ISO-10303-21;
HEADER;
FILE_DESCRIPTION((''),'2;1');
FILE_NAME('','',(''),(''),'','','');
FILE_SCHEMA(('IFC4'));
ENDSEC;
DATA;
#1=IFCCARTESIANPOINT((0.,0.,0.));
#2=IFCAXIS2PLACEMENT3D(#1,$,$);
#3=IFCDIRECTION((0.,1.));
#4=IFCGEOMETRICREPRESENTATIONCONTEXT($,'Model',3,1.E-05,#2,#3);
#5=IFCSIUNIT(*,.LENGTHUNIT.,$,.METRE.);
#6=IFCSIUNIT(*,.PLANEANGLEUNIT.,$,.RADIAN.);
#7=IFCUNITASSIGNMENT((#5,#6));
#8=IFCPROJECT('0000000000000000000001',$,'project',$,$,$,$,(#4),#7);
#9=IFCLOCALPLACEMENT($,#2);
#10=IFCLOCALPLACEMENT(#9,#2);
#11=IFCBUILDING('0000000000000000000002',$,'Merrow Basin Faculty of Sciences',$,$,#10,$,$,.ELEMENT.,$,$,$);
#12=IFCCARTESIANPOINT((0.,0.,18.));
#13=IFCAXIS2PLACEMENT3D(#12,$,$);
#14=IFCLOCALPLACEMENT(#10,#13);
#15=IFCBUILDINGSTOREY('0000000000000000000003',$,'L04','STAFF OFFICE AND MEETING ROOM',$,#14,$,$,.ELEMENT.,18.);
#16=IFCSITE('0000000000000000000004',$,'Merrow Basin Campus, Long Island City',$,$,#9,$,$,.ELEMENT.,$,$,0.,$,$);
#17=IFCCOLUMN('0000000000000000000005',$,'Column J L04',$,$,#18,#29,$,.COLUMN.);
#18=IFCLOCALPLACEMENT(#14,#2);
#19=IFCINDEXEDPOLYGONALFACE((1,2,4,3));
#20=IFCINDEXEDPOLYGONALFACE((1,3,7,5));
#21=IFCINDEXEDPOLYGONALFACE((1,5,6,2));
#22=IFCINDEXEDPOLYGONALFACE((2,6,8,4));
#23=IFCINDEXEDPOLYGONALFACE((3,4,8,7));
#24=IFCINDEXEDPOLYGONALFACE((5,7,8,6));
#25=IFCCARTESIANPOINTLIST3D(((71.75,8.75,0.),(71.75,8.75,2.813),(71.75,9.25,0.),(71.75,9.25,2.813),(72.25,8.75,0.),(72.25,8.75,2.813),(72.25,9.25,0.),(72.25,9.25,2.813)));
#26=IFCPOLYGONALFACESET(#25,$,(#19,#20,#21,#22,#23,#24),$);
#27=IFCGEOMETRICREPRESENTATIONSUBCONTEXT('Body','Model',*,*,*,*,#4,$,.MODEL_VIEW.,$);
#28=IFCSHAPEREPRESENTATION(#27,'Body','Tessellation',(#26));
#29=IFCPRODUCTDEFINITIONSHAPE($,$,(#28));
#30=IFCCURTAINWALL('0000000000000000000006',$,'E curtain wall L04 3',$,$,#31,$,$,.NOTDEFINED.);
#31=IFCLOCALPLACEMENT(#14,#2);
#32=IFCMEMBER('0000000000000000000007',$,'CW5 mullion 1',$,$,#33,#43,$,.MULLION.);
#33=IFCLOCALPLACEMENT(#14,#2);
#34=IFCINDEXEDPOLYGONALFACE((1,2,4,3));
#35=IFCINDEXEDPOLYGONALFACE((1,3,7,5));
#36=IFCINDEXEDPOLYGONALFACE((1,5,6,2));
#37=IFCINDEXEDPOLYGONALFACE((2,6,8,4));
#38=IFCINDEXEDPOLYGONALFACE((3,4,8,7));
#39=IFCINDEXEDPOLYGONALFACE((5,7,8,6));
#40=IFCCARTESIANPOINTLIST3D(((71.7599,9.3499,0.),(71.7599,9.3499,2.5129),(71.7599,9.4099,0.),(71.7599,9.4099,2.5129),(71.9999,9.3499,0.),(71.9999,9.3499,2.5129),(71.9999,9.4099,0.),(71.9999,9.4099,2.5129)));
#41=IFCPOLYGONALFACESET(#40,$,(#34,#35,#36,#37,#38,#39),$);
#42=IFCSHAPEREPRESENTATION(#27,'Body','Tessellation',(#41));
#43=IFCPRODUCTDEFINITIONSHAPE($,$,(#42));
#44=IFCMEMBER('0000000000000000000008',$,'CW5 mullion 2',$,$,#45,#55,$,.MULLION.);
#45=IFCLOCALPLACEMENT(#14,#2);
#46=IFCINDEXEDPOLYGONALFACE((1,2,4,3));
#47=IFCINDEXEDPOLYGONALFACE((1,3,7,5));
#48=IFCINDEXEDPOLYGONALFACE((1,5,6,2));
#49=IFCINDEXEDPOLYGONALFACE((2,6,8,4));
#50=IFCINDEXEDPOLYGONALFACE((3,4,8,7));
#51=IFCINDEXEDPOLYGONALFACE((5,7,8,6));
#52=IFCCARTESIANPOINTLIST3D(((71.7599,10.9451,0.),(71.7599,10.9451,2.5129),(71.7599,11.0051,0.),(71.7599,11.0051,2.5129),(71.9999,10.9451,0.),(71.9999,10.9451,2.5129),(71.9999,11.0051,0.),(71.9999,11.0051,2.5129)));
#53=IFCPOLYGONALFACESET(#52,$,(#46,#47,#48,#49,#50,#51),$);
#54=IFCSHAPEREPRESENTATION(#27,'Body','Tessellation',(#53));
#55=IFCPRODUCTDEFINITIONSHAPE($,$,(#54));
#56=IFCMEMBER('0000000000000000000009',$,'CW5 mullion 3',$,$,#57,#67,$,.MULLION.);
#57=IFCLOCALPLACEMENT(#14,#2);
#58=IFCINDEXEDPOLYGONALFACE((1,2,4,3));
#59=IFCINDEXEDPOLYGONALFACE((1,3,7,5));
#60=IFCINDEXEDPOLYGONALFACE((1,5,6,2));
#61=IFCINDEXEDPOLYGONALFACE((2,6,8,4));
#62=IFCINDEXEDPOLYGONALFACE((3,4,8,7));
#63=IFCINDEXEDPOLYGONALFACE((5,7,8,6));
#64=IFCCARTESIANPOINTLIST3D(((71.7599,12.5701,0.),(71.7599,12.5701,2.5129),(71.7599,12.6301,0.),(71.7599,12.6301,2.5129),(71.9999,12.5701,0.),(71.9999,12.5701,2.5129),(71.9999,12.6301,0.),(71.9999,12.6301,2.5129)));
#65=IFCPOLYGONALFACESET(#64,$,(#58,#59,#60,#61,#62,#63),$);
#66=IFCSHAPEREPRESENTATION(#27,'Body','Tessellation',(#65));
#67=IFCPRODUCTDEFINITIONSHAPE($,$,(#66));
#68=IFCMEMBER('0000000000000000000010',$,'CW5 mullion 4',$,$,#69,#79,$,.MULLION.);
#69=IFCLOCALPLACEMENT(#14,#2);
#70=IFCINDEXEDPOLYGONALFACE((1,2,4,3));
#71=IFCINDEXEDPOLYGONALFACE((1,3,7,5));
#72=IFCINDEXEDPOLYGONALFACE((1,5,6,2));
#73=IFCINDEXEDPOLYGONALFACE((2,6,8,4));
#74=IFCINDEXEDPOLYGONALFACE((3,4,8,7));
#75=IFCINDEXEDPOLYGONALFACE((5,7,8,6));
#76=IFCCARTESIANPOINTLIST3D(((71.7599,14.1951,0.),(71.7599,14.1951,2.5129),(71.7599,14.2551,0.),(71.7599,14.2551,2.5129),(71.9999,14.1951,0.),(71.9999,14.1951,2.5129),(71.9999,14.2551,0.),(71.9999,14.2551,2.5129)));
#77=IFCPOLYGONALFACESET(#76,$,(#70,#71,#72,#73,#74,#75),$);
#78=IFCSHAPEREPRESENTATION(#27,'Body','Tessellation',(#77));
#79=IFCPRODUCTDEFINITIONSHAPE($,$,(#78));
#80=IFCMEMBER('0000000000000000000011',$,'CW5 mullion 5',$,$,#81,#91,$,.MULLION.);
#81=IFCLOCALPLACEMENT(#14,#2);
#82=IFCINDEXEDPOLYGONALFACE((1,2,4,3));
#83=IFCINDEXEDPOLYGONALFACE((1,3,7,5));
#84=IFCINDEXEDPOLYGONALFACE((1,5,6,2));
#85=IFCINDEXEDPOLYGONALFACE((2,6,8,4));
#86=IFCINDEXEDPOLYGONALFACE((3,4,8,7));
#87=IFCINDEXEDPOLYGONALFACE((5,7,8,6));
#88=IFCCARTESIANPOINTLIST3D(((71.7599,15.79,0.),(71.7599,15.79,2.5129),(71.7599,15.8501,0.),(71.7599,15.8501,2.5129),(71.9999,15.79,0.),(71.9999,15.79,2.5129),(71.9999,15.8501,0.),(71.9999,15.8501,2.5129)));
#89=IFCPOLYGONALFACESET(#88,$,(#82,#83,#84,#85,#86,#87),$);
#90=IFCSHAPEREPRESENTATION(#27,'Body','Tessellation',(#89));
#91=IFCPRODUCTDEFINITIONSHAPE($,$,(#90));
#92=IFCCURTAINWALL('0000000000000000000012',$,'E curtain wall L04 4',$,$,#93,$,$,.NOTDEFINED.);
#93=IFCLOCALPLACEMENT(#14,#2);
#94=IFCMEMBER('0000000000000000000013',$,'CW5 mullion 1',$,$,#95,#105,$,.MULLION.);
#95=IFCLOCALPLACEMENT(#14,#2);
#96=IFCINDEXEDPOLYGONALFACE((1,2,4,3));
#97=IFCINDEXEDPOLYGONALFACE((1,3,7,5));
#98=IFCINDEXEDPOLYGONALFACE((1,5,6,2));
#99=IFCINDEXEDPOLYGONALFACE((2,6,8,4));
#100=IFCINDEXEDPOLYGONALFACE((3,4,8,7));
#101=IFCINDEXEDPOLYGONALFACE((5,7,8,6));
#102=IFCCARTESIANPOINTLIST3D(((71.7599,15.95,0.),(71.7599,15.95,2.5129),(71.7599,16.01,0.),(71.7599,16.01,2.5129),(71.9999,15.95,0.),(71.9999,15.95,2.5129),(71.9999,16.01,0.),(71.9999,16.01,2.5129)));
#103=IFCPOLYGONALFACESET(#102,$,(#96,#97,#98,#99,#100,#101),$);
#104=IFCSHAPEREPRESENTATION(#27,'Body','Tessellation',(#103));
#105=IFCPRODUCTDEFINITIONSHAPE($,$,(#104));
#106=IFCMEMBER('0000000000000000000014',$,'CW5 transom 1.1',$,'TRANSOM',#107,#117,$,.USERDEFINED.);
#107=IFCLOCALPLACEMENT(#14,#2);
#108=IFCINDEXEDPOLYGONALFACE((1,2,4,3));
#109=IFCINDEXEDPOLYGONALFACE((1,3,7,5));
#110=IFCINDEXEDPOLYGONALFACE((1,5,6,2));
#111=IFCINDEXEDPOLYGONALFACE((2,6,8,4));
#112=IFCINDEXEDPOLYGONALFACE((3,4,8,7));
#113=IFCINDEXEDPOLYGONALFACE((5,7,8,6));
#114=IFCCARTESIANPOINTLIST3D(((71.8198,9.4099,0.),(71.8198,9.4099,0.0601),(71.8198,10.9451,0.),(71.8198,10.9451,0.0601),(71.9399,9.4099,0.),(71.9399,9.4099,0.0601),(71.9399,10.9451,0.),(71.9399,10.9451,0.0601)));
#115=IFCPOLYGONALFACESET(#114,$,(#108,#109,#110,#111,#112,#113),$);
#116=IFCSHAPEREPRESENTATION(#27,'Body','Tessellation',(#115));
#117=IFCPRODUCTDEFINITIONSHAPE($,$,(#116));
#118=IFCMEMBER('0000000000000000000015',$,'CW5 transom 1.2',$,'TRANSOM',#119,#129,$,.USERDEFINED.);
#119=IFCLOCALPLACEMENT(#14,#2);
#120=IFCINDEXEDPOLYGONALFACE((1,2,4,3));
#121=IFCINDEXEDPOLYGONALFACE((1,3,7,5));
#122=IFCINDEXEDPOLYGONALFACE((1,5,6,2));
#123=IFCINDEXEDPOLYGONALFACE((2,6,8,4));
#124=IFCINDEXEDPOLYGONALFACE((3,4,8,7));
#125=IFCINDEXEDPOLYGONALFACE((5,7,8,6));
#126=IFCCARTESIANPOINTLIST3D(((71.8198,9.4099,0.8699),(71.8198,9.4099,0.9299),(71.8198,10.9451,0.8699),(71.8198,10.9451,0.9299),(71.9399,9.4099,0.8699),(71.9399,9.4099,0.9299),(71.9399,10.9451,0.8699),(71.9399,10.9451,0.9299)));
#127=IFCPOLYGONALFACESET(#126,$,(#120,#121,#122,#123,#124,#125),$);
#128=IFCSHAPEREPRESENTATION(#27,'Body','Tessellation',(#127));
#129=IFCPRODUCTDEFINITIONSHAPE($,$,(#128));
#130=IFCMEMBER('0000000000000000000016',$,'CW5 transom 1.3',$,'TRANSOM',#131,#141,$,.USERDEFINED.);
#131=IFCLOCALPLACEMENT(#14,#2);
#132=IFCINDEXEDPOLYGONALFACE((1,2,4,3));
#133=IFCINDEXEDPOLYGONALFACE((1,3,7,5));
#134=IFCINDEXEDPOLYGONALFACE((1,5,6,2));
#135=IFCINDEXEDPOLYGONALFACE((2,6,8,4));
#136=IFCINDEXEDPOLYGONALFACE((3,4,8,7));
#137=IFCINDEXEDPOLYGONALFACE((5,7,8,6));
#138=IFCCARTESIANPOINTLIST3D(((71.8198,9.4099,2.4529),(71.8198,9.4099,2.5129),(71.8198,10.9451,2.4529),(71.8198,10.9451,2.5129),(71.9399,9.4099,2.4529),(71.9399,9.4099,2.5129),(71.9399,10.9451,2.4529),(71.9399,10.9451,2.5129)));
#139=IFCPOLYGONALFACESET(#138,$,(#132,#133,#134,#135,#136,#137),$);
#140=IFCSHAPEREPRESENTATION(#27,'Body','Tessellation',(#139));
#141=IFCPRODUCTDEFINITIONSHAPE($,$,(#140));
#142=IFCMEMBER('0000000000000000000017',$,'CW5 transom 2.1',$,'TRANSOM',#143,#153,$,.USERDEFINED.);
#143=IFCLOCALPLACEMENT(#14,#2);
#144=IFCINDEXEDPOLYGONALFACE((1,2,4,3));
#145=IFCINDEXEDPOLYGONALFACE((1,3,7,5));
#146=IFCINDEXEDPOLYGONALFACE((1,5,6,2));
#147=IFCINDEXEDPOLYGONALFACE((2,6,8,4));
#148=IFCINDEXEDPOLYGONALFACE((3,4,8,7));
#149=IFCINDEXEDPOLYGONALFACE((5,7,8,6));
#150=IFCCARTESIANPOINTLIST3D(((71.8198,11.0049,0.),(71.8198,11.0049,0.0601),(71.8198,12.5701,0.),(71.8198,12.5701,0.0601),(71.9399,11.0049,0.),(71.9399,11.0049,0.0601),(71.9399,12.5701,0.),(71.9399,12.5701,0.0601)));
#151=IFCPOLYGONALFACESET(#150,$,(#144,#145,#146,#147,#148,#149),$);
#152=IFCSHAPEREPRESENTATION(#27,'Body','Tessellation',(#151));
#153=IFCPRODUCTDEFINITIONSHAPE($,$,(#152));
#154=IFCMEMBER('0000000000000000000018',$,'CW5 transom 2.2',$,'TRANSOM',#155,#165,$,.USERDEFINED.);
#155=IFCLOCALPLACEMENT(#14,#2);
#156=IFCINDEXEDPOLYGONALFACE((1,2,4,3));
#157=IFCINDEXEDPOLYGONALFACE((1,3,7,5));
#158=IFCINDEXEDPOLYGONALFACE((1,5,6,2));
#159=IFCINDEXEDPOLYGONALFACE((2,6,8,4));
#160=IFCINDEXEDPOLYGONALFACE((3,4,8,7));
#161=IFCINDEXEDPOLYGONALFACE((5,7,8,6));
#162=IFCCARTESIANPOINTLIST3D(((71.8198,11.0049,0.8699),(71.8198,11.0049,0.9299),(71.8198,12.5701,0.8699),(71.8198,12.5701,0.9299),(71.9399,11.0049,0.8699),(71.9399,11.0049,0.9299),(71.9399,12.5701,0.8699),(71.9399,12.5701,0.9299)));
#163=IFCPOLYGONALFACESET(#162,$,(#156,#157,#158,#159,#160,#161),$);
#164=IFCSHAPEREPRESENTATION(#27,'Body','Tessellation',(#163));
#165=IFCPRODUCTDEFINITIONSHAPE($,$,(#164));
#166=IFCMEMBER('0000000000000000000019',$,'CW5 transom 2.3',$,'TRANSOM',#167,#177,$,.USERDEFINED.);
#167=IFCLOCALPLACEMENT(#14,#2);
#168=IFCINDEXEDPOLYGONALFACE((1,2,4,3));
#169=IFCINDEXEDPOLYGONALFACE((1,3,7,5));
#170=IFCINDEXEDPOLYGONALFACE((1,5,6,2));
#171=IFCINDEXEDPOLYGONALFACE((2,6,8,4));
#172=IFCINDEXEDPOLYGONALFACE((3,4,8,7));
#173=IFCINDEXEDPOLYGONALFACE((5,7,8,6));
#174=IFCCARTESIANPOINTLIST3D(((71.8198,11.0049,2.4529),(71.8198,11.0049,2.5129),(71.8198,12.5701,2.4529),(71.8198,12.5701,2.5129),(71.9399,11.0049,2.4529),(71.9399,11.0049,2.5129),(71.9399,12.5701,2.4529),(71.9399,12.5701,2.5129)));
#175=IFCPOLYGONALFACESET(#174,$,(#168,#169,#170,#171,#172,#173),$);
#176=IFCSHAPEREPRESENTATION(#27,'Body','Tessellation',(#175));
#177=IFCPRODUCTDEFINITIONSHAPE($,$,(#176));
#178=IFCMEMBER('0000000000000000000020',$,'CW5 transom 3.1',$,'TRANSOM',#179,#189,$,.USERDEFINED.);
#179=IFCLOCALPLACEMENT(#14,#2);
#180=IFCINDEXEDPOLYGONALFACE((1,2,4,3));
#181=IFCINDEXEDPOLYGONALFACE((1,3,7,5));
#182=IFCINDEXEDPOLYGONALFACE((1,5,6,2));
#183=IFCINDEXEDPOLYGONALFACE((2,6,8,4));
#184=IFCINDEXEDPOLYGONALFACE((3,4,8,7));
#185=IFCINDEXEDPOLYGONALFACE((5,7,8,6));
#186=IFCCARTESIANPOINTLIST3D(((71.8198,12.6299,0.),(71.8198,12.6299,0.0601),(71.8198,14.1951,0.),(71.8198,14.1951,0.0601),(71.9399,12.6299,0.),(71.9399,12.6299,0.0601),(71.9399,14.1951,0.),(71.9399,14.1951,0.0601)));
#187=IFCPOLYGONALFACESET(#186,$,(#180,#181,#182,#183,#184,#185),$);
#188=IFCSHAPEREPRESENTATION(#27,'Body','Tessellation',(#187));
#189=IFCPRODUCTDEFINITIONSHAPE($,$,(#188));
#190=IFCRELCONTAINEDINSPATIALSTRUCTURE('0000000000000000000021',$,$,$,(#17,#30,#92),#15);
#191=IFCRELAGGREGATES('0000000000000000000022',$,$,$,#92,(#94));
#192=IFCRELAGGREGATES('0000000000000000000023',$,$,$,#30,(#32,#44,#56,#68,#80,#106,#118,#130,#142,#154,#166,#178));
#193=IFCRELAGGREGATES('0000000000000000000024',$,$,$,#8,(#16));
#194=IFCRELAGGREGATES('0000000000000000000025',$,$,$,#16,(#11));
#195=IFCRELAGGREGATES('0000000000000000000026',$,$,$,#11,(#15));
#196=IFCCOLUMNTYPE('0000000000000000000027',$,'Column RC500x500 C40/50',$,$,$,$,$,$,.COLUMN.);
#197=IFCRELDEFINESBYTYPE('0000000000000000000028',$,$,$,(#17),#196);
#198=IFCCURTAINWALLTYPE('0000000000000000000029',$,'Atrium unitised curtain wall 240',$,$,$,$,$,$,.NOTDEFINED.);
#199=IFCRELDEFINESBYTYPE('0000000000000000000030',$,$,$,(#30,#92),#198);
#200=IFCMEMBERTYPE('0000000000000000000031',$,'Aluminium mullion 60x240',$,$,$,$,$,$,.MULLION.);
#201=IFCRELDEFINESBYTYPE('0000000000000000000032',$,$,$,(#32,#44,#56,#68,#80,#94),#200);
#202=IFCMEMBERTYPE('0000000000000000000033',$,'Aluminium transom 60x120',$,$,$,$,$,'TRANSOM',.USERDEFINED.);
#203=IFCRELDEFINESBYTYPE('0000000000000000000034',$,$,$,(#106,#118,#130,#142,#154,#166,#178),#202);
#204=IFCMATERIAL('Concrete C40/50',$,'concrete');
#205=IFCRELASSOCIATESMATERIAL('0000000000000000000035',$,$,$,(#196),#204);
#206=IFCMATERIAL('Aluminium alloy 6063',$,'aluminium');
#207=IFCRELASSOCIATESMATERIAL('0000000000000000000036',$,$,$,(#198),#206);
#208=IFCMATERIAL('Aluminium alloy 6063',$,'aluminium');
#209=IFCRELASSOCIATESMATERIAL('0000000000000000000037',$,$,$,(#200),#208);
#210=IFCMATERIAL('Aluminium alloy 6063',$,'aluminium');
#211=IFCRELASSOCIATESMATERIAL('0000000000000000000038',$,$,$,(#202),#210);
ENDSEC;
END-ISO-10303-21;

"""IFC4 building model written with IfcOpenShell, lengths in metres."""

from ifc_helpers import new_model, si_unit, direction, frame, origin, origin_2d, place, context, subcontext, project, spatial, rectangle, extrude, material, material_profile, profile_set, type_object, element, aggregate, save


model = new_model("IFC4")

# Units and contexts
model_context = context("Model", 3, precision=1e-05, world=origin(), true_north=direction((0.0, 1.0)))
body_context = subcontext(model_context, "Body", "Model", "MODEL_VIEW")
ifc_project = project(units=[si_unit("LENGTHUNIT", "METRE"), si_unit("PLANEANGLEUNIT", "RADIAN")], contexts=[model_context])

# Site, building, storey
site_placement = place(None, origin())
site = spatial("IfcSite", under=ifc_project, at=site_placement, Name="Merrow Basin Campus, Long Island City", CompositionType="ELEMENT", RefElevation=0.0)
building_placement = place(site_placement, origin())
building = spatial("IfcBuilding", under=site, at=building_placement, Name="Merrow Basin Faculty of Sciences", CompositionType="ELEMENT")
storey_placement = place(building_placement, frame((0.0, 0.0, 18.0)))
storey = spatial("IfcBuildingStorey", under=building, at=storey_placement, Name="L04", Description="STAFF OFFICE AND MEETING ROOM", CompositionType="ELEMENT", Elevation=18.0)

# Column
ifc_material_1 = material(Name="Concrete C40/50", Category="concrete")
ifc_material_profile_1 = material_profile(ifc_material_1, rectangle(XDim=0.5, YDim=0.5, at=origin_2d()))
ifc_profile_set_1 = profile_set([ifc_material_profile_1], Name="Concrete C40/50")
column_type = type_object("IfcColumnType", Name="Column RC500x500 C40/50", PredefinedType="COLUMN", material=ifc_profile_set_1)
column_placement = place(storey_placement, frame((72.0, 9.0, 0.0), z_axis=(0.0, 0.0, 1.0), x_axis=(1.0, 0.0, 0.0)))
element("IfcColumn", 1, at=column_placement, inside=storey, type_object=column_type, Name="Column J L04", PredefinedType="COLUMN", context=body_context, shape_type="SweptSolid", body=[
    extrude(rectangle(XDim=0.5, YDim=0.5, at=origin_2d()), origin(), (0.0, 0.0, 1.0), 2.813),
])

# Curtain wall, members
ifc_material_2 = material(Name="Aluminium alloy 6063", Category="aluminium")
curtain_wall_type = type_object("IfcCurtainWallType", Name="Atrium unitised curtain wall 240", PredefinedType="NOTDEFINED", material=ifc_material_2)
curtain_wall_1_placement = place(storey_placement, origin())
curtain_wall_1 = element("IfcCurtainWall", 2, at=curtain_wall_1_placement, inside=storey, type_object=curtain_wall_type, Name="E curtain wall L04 3", PredefinedType="NOTDEFINED")
ifc_material_3 = material(Name="Aluminium alloy 6063", Category="aluminium")
ifc_material_profile_2 = material_profile(ifc_material_3, rectangle(XDim=0.24, YDim=0.0601, at=origin_2d()))
ifc_profile_set_2 = profile_set([ifc_material_profile_2], Name="Aluminium alloy 6063")
member_type_1 = type_object("IfcMemberType", Name="Aluminium mullion 60x240", PredefinedType="MULLION", material=ifc_profile_set_2)
member_1_placement = place(storey_placement, frame((71.8799, 9.3799, 0.0), z_axis=(0.0, 0.0, 1.0), x_axis=(-1.0, 0.0, 0.0)))
member_1 = element("IfcMember", 3, at=member_1_placement, type_object=member_type_1, Name="CW5 mullion 1", PredefinedType="MULLION", context=body_context, shape_type="SweptSolid", body=[
    extrude(rectangle(XDim=0.24, YDim=0.0601, at=origin_2d()), origin(), (0.0, 0.0, 1.0), 2.5129),
])
member_2_placement = place(storey_placement, frame((71.8799, 10.9751, 0.0), z_axis=(0.0, 0.0, 1.0), x_axis=(-1.0, 0.0, 0.0)))
member_2 = element("IfcMember", 4, at=member_2_placement, type_object=member_type_1, Name="CW5 mullion 2", PredefinedType="MULLION", context=body_context, shape_type="SweptSolid", body=[
    extrude(rectangle(XDim=0.24, YDim=0.0601, at=origin_2d()), origin(), (0.0, 0.0, 1.0), 2.5129),
])
member_3_placement = place(storey_placement, frame((71.8799, 12.6001, 0.0), z_axis=(0.0, 0.0, 1.0), x_axis=(-1.0, 0.0, 0.0)))
member_3 = element("IfcMember", 5, at=member_3_placement, type_object=member_type_1, Name="CW5 mullion 3", PredefinedType="MULLION", context=body_context, shape_type="SweptSolid", body=[
    extrude(rectangle(XDim=0.24, YDim=0.0601, at=origin_2d()), origin(), (0.0, 0.0, 1.0), 2.5129),
])
member_4_placement = place(storey_placement, frame((71.8799, 14.2251, 0.0), z_axis=(0.0, 0.0, 1.0), x_axis=(-1.0, 0.0, 0.0)))
member_4 = element("IfcMember", 6, at=member_4_placement, type_object=member_type_1, Name="CW5 mullion 4", PredefinedType="MULLION", context=body_context, shape_type="SweptSolid", body=[
    extrude(rectangle(XDim=0.24, YDim=0.0601, at=origin_2d()), origin(), (0.0, 0.0, 1.0), 2.5129),
])
member_5_placement = place(storey_placement, frame((71.8799, 15.8201, 0.0), z_axis=(0.0, 0.0, 1.0), x_axis=(-1.0, 0.0, 0.0)))
member_5 = element("IfcMember", 7, at=member_5_placement, type_object=member_type_1, Name="CW5 mullion 5", PredefinedType="MULLION", context=body_context, shape_type="SweptSolid", body=[
    extrude(rectangle(XDim=0.24, YDim=0.0601, at=origin_2d()), origin(), (0.0, 0.0, 1.0), 2.5129),
])

# Curtain wall, member
curtain_wall_2_placement = place(storey_placement, origin())
curtain_wall_2 = element("IfcCurtainWall", 8, at=curtain_wall_2_placement, inside=storey, type_object=curtain_wall_type, Name="E curtain wall L04 4", PredefinedType="NOTDEFINED")
member_6_placement = place(storey_placement, frame((71.8799, 15.98, 0.0), z_axis=(0.0, 0.0, 1.0), x_axis=(-1.0, 0.0, 0.0)))
member_6 = element("IfcMember", 9, at=member_6_placement, type_object=member_type_1, Name="CW5 mullion 1", PredefinedType="MULLION", context=body_context, shape_type="SweptSolid", body=[
    extrude(rectangle(XDim=0.24, YDim=0.0601, at=origin_2d()), origin(), (0.0, 0.0, 1.0), 2.5129),
])

# Members
ifc_material_4 = material(Name="Aluminium alloy 6063", Category="aluminium")
ifc_material_profile_3 = material_profile(ifc_material_4, rectangle(XDim=0.1201, YDim=0.0601, at=origin_2d()))
ifc_profile_set_3 = profile_set([ifc_material_profile_3], Name="Aluminium alloy 6063")
member_type_2 = type_object("IfcMemberType", Name="Aluminium transom 60x120", ElementType="TRANSOM", PredefinedType="USERDEFINED", material=ifc_profile_set_3)
member_7_placement = place(storey_placement, frame((71.8799, 9.4099, 0.03), z_axis=(0.0, 1.0, 0.0), x_axis=(-1.0, 0.0, 0.0)))
member_7 = element("IfcMember", 10, at=member_7_placement, type_object=member_type_2, Name="CW5 transom 1.1", ObjectType="TRANSOM", PredefinedType="USERDEFINED", context=body_context, shape_type="SweptSolid", body=[
    extrude(rectangle(XDim=0.1201, YDim=0.0601, at=origin_2d()), origin(), (0.0, 0.0, 1.0), 1.5352),
])
member_8_placement = place(storey_placement, frame((71.8799, 9.4099, 0.8999), z_axis=(0.0, 1.0, 0.0), x_axis=(-1.0, 0.0, 0.0)))
member_8 = element("IfcMember", 11, at=member_8_placement, type_object=member_type_2, Name="CW5 transom 1.2", ObjectType="TRANSOM", PredefinedType="USERDEFINED", context=body_context, shape_type="SweptSolid", body=[
    extrude(rectangle(XDim=0.1201, YDim=0.0601, at=origin_2d()), origin(), (0.0, 0.0, 1.0), 1.5352),
])
member_9_placement = place(storey_placement, frame((71.8799, 9.4099, 2.4829), z_axis=(0.0, 1.0, 0.0), x_axis=(-1.0, 0.0, 0.0)))
member_9 = element("IfcMember", 12, at=member_9_placement, type_object=member_type_2, Name="CW5 transom 1.3", ObjectType="TRANSOM", PredefinedType="USERDEFINED", context=body_context, shape_type="SweptSolid", body=[
    extrude(rectangle(XDim=0.1201, YDim=0.0601, at=origin_2d()), origin(), (0.0, 0.0, 1.0), 1.5352),
])
member_10_placement = place(storey_placement, frame((71.8799, 11.0049, 0.03), z_axis=(0.0, 1.0, 0.0), x_axis=(-1.0, 0.0, 0.0)))
member_10 = element("IfcMember", 13, at=member_10_placement, type_object=member_type_2, Name="CW5 transom 2.1", ObjectType="TRANSOM", PredefinedType="USERDEFINED", context=body_context, shape_type="SweptSolid", body=[
    extrude(rectangle(XDim=0.1201, YDim=0.0601, at=origin_2d()), origin(), (0.0, 0.0, 1.0), 1.5652),
])
member_11_placement = place(storey_placement, frame((71.8799, 11.0049, 0.8999), z_axis=(0.0, 1.0, 0.0), x_axis=(-1.0, 0.0, 0.0)))
member_11 = element("IfcMember", 14, at=member_11_placement, type_object=member_type_2, Name="CW5 transom 2.2", ObjectType="TRANSOM", PredefinedType="USERDEFINED", context=body_context, shape_type="SweptSolid", body=[
    extrude(rectangle(XDim=0.1201, YDim=0.0601, at=origin_2d()), origin(), (0.0, 0.0, 1.0), 1.5652),
])
member_12_placement = place(storey_placement, frame((71.8799, 11.0049, 2.4829), z_axis=(0.0, 1.0, 0.0), x_axis=(-1.0, 0.0, 0.0)))
member_12 = element("IfcMember", 15, at=member_12_placement, type_object=member_type_2, Name="CW5 transom 2.3", ObjectType="TRANSOM", PredefinedType="USERDEFINED", context=body_context, shape_type="SweptSolid", body=[
    extrude(rectangle(XDim=0.1201, YDim=0.0601, at=origin_2d()), origin(), (0.0, 0.0, 1.0), 1.5652),
])
member_13_placement = place(storey_placement, frame((71.8799, 12.6299, 0.03), z_axis=(0.0, 1.0, 0.0), x_axis=(-1.0, 0.0, 0.0)))
member_13 = element("IfcMember", 16, at=member_13_placement, type_object=member_type_2, Name="CW5 transom 3.1", ObjectType="TRANSOM", PredefinedType="USERDEFINED", context=body_context, shape_type="SweptSolid", body=[
    extrude(rectangle(XDim=0.1201, YDim=0.0601, at=origin_2d()), origin(), (0.0, 0.0, 1.0), 1.5652),
])
aggregate(curtain_wall_2, [member_6])

aggregate(curtain_wall_1, [member_1, member_2, member_3, member_4, member_5, member_7, member_8, member_9, member_10, member_11, member_12, member_13])

save(model, "model.ifc")
